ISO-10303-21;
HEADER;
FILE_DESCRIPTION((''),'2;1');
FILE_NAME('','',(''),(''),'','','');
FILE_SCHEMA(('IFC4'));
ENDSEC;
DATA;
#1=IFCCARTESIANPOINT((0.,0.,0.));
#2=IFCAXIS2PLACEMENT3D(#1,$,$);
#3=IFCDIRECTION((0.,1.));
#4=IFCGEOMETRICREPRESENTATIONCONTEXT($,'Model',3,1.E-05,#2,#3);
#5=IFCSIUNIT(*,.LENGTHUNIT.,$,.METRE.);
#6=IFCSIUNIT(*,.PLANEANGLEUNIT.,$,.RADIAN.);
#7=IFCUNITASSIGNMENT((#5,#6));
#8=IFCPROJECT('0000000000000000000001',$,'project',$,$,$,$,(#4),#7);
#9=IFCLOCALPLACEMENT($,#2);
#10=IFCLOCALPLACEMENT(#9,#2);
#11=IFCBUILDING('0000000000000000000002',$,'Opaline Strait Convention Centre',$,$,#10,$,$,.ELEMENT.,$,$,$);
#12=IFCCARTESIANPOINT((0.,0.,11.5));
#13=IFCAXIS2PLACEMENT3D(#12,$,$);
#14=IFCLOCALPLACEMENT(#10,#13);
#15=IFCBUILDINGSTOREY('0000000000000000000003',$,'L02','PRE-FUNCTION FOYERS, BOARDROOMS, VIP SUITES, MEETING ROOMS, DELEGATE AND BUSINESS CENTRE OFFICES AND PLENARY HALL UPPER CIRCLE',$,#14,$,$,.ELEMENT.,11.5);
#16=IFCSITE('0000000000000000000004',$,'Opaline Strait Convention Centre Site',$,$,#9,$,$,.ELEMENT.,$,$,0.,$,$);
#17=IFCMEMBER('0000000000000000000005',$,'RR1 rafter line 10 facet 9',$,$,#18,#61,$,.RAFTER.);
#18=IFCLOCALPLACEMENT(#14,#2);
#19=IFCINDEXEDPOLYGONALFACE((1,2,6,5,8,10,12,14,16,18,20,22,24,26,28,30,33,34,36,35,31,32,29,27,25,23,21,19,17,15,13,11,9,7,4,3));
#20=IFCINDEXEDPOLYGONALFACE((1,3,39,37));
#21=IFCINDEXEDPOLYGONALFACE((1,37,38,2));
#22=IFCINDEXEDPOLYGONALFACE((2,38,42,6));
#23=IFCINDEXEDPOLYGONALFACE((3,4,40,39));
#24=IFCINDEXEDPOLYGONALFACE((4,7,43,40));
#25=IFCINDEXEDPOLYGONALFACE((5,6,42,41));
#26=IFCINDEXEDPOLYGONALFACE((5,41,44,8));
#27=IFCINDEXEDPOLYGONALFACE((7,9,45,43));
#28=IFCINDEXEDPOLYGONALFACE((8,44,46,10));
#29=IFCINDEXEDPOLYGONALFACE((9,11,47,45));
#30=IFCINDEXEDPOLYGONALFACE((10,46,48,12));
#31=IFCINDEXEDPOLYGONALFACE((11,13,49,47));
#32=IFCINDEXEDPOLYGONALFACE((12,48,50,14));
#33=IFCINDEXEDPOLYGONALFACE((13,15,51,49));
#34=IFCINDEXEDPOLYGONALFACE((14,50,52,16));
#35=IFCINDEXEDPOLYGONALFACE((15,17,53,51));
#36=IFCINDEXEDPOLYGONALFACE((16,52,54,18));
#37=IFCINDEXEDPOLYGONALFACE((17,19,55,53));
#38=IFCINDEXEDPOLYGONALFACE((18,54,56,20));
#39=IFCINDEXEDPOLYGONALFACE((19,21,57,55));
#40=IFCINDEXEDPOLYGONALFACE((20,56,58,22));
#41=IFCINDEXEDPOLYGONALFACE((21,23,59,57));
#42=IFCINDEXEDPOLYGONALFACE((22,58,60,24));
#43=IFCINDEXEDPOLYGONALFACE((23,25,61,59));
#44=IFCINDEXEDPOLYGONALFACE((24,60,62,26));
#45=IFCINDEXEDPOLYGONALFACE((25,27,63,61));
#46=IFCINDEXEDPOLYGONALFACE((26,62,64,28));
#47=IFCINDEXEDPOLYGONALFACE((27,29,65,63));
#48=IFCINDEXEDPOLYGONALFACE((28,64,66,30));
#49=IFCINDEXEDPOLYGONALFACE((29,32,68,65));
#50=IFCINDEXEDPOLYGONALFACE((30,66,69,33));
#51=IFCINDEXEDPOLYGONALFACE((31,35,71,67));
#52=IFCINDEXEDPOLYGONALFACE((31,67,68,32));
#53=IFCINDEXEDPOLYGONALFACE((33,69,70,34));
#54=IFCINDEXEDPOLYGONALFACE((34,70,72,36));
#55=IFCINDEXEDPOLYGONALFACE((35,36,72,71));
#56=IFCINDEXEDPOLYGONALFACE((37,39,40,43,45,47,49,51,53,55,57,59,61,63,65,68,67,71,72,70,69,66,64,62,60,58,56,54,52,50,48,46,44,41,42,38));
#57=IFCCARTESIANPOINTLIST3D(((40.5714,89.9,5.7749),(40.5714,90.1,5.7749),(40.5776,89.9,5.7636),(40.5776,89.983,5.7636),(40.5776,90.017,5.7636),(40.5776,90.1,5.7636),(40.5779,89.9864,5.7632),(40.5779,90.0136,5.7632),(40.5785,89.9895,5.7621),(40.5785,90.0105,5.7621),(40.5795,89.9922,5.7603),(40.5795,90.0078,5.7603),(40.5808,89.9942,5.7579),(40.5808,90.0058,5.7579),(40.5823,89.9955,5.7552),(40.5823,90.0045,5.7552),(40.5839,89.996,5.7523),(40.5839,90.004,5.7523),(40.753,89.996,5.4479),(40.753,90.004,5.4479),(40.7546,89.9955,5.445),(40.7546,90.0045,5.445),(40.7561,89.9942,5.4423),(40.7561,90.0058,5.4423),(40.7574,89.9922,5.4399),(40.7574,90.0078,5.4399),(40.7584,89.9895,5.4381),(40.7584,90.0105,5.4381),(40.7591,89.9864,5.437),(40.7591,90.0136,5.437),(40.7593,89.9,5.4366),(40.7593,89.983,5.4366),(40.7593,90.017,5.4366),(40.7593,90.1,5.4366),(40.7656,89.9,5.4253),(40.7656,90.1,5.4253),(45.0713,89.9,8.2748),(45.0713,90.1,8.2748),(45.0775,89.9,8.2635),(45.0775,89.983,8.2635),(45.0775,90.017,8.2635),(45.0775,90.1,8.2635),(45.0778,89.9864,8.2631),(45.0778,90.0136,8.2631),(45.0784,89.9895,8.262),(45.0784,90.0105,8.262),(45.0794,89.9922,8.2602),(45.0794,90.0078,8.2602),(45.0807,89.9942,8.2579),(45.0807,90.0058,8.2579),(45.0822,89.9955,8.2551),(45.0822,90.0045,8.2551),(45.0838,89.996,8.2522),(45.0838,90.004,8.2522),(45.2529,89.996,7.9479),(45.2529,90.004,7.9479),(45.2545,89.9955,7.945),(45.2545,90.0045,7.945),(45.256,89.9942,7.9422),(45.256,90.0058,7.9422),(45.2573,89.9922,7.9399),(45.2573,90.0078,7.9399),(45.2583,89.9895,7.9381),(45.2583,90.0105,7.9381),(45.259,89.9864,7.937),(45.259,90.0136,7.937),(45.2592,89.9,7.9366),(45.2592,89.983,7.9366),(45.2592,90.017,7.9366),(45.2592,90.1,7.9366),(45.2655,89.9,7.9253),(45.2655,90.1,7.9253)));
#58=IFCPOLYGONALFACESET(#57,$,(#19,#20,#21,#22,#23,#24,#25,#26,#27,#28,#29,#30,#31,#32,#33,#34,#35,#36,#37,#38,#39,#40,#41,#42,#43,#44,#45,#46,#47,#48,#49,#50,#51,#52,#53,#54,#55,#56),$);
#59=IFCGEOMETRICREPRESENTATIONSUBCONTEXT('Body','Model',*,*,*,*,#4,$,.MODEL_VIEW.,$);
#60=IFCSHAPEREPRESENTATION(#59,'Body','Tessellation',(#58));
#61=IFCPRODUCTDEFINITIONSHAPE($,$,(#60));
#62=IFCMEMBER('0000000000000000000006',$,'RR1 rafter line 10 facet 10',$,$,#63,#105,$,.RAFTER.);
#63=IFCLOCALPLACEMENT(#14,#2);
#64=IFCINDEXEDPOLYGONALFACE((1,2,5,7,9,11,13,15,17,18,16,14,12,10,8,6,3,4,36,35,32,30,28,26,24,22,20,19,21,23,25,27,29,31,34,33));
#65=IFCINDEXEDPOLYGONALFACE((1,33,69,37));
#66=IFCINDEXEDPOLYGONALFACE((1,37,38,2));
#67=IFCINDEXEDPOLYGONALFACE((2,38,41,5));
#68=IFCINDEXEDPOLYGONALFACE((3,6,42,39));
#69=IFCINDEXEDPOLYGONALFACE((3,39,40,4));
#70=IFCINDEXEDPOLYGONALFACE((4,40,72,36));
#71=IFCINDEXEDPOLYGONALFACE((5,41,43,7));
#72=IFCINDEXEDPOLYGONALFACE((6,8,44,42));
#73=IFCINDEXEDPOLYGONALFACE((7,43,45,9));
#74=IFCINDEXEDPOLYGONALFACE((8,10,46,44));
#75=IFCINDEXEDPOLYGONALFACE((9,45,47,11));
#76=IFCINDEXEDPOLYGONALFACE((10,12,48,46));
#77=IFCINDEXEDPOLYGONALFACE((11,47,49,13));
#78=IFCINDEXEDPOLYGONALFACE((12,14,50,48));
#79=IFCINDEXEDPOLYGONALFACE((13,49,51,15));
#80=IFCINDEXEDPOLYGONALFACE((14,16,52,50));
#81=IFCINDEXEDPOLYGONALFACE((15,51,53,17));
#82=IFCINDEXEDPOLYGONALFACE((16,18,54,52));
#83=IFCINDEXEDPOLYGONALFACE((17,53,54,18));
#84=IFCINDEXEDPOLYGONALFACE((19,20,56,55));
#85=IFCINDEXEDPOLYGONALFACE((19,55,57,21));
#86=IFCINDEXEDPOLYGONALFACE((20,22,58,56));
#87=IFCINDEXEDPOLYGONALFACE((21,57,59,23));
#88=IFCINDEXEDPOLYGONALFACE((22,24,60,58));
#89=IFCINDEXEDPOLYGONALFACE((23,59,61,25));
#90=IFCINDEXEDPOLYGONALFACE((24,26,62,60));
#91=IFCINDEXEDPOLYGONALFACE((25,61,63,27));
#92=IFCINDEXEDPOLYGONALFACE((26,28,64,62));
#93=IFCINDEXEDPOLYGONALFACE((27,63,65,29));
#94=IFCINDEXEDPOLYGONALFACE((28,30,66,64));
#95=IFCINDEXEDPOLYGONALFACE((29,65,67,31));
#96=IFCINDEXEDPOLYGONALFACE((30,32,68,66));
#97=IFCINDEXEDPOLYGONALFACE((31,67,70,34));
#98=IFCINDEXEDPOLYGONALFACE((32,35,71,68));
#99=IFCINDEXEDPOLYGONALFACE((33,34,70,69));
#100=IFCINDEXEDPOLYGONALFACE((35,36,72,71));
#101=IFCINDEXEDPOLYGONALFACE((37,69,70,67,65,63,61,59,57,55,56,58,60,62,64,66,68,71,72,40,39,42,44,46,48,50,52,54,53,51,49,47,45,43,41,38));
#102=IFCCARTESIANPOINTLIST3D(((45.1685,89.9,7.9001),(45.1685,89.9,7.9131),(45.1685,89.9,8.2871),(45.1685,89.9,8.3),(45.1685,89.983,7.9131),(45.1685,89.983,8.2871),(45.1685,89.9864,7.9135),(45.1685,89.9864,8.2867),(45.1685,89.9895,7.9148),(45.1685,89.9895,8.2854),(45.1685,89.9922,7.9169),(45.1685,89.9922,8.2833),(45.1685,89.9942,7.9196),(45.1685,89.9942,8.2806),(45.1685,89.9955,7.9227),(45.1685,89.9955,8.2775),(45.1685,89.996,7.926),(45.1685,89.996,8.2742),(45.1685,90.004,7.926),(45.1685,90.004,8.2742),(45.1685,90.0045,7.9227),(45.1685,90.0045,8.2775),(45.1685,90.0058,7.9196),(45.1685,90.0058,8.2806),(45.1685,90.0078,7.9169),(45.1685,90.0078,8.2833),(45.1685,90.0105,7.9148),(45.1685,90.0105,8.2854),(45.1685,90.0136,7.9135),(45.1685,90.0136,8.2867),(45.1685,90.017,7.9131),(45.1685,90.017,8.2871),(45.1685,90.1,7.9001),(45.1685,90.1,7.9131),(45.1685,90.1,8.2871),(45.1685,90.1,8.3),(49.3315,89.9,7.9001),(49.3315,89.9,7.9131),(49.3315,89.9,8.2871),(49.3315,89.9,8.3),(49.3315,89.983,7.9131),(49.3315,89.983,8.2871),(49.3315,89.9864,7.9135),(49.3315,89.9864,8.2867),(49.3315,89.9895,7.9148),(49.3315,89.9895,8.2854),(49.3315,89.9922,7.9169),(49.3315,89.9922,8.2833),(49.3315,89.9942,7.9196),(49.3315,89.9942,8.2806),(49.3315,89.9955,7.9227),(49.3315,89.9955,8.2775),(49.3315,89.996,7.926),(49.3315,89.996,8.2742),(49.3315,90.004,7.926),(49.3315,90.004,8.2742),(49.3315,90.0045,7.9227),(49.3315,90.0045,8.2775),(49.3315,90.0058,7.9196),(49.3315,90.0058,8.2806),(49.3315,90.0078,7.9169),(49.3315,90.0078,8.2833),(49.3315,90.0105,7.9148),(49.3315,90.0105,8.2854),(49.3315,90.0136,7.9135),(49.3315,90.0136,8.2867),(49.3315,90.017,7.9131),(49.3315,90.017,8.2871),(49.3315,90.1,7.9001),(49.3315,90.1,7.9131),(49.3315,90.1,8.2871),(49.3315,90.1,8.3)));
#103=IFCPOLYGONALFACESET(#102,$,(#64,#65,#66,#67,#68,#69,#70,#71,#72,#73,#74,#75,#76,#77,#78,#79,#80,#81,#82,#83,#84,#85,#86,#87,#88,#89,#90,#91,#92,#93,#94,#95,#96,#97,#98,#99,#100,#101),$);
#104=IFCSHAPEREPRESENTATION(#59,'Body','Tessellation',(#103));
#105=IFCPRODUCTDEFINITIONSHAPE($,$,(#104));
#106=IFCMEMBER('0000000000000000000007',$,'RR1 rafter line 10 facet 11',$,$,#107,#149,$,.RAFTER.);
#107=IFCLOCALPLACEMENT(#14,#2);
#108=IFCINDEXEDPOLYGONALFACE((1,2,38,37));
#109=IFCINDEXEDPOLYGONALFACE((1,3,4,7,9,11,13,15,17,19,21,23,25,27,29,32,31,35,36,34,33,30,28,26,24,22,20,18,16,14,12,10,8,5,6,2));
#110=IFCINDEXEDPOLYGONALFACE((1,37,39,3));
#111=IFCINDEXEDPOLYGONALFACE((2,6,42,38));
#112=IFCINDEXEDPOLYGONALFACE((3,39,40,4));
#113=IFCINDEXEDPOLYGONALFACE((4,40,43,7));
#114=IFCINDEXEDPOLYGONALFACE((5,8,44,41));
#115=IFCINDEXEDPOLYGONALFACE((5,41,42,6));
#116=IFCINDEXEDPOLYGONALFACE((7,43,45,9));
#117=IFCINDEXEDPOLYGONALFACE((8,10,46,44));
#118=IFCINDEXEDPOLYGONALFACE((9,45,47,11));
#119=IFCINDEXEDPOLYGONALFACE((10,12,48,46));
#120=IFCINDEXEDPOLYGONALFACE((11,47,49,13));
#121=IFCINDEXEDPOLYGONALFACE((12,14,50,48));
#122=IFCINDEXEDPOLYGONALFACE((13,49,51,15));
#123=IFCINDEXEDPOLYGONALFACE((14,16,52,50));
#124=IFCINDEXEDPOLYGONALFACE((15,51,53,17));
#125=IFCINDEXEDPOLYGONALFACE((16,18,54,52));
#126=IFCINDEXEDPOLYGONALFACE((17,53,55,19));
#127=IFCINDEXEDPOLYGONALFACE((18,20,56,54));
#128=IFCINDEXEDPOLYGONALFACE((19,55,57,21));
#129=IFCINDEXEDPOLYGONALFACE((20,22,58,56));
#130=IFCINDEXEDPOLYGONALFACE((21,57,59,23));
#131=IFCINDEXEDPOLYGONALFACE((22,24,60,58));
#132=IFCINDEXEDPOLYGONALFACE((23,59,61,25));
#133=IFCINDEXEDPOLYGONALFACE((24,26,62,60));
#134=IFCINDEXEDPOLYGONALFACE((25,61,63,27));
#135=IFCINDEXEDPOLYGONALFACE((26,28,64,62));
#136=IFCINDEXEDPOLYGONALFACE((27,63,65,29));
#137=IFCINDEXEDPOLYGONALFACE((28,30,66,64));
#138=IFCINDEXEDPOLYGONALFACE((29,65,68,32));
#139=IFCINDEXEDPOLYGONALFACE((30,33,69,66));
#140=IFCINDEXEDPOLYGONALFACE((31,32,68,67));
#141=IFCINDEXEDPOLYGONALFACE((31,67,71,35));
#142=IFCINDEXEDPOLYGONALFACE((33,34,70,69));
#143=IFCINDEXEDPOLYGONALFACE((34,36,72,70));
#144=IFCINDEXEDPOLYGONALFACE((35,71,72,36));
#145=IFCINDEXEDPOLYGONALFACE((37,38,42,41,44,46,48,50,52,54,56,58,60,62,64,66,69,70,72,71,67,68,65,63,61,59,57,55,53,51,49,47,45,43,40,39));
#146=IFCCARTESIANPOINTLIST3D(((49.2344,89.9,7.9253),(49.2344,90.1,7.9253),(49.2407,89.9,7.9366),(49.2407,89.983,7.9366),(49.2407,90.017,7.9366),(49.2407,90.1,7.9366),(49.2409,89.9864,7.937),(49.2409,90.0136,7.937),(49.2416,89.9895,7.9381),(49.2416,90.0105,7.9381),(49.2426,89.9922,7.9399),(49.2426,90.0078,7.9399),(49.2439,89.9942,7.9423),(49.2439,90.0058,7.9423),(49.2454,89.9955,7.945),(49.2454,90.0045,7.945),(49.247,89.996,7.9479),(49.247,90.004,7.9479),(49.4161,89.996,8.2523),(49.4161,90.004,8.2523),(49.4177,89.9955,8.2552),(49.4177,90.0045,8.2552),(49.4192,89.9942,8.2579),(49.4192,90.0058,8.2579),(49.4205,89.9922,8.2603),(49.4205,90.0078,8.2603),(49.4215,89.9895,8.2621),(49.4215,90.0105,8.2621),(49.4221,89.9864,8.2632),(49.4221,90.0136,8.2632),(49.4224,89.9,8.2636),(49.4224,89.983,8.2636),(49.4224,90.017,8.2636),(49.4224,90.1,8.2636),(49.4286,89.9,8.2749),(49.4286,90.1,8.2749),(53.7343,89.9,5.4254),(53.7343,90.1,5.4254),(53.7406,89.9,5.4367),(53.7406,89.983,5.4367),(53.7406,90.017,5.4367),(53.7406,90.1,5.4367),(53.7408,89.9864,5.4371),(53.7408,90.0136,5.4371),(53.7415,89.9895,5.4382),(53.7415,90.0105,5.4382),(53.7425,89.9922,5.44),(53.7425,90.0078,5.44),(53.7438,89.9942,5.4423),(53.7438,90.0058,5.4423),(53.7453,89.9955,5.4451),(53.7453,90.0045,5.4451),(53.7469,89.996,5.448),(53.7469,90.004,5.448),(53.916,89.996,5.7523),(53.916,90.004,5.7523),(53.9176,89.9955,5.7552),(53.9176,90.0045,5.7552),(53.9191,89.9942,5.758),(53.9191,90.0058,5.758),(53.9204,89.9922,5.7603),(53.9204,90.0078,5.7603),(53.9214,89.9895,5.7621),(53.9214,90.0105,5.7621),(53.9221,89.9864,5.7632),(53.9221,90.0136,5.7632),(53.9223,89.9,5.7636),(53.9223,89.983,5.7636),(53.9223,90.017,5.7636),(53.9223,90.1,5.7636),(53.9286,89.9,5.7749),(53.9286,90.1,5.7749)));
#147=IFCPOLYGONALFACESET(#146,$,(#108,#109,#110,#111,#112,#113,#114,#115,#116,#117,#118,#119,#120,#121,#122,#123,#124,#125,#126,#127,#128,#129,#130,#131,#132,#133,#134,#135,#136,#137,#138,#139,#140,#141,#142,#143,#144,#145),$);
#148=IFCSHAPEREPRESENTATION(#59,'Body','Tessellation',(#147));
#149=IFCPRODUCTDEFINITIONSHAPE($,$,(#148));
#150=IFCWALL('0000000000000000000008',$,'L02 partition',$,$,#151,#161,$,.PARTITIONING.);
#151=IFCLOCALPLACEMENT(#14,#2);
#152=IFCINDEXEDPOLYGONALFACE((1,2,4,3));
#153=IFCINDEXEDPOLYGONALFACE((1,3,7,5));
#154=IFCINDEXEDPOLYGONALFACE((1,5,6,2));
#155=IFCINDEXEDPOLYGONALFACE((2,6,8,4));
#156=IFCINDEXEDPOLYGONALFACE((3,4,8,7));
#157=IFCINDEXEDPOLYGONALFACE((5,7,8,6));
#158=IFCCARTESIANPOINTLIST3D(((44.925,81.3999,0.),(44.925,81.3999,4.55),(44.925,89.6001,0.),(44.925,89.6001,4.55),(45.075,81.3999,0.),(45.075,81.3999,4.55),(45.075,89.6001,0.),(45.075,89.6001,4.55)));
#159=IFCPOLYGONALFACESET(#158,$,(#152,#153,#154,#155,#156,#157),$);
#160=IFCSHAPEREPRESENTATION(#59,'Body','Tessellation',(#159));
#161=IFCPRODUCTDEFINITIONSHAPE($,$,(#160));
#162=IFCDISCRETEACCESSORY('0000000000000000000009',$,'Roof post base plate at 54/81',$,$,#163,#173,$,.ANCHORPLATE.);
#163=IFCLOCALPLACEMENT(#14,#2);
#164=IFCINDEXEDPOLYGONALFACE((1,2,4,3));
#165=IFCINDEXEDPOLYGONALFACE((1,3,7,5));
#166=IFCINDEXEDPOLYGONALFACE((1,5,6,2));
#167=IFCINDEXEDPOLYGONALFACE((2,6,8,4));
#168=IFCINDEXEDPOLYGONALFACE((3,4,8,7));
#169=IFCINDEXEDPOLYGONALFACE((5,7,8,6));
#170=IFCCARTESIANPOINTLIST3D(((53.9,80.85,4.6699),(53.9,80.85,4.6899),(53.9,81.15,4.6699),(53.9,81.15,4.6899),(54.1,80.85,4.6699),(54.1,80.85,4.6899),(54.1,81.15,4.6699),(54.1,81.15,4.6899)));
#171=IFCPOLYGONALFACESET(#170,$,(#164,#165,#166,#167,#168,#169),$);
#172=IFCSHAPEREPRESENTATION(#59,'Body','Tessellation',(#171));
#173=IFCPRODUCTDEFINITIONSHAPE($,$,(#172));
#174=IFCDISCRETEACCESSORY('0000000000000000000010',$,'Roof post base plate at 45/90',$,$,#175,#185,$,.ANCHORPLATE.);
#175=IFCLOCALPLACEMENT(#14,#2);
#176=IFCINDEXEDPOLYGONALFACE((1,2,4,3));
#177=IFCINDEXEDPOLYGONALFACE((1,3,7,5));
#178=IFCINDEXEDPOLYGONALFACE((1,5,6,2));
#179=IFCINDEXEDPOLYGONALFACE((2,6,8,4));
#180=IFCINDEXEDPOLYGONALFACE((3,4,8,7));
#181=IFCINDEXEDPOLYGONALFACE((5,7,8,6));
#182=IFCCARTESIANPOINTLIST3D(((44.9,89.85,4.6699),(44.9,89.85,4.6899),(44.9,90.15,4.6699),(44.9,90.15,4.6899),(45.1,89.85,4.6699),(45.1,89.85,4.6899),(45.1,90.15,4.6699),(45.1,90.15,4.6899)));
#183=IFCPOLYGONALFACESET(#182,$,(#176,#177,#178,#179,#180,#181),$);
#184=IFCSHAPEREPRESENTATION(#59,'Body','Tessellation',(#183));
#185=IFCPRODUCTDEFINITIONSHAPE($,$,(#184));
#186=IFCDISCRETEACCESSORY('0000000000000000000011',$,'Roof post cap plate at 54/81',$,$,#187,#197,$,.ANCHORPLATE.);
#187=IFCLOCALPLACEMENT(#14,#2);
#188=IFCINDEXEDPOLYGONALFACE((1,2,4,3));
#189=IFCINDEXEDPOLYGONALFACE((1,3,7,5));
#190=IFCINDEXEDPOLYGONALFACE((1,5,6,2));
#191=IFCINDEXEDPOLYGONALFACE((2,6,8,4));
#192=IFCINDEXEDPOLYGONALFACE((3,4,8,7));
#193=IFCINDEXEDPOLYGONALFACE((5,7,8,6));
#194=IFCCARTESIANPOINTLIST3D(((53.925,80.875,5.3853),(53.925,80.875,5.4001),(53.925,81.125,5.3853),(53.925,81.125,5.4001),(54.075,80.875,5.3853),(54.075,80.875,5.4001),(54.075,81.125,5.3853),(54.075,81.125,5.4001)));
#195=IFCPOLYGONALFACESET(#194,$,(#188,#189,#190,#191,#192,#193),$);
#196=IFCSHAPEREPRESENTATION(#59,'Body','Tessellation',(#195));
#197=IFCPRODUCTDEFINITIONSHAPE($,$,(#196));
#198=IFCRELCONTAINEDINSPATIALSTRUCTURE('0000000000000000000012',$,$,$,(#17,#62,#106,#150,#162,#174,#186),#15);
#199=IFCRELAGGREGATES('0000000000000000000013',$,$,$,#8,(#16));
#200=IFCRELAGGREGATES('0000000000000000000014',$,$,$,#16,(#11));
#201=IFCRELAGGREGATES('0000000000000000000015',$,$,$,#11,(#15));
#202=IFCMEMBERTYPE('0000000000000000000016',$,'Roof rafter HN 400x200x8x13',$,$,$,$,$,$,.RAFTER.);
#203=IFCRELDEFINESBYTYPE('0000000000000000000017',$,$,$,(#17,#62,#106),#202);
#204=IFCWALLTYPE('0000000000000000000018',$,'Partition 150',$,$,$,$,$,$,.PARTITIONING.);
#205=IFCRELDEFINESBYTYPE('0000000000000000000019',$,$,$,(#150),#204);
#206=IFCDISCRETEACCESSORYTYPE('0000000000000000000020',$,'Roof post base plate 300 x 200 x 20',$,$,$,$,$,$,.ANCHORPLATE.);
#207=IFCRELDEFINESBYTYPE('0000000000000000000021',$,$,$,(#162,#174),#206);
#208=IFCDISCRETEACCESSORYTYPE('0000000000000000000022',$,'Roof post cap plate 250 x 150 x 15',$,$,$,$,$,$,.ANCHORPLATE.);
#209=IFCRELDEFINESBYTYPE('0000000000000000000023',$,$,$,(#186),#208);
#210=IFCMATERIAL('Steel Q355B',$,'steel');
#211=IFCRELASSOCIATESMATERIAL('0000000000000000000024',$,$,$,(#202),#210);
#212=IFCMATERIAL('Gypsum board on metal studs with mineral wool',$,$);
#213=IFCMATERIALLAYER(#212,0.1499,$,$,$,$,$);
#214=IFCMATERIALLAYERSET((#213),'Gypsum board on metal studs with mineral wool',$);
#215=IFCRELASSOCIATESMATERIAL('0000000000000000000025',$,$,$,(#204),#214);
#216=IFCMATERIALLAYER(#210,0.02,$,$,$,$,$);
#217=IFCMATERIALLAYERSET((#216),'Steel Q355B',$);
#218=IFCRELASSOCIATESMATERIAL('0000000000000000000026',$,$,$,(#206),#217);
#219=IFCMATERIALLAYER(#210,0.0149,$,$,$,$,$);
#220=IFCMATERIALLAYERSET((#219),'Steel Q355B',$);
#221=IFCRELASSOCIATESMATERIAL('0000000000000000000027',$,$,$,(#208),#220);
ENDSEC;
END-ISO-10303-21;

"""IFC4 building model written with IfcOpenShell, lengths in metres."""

from ifc_helpers import new_model, si_unit, direction, frame, frame_2d, origin, origin_2d, place, context, subcontext, project, spatial, rectangle, i_section, extrude, material, layer, layer_set, material_profile, profile_set, type_object, element, save


model = new_model("IFC4")

# Units and contexts
model_context = context("Model", 3, precision=1e-05, world=origin(), true_north=direction((0.0, 1.0)))
body_context = subcontext(model_context, "Body", "Model", "MODEL_VIEW")
ifc_project = project(units=[si_unit("LENGTHUNIT", "METRE"), si_unit("PLANEANGLEUNIT", "RADIAN")], contexts=[model_context])

# Site, building, storey
site_placement = place(None, origin())
site = spatial("IfcSite", under=ifc_project, at=site_placement, Name="Opaline Strait Convention Centre Site", CompositionType="ELEMENT", RefElevation=0.0)
building_placement = place(site_placement, origin())
building = spatial("IfcBuilding", under=site, at=building_placement, Name="Opaline Strait Convention Centre", CompositionType="ELEMENT")
storey_placement = place(building_placement, frame((0.0, 0.0, 11.5)))
storey = spatial("IfcBuildingStorey", under=building, at=storey_placement, Name="L02", Description="PRE-FUNCTION FOYERS, BOARDROOMS, VIP SUITES, MEETING ROOMS, DELEGATE AND BUSINESS CENTRE OFFICES AND PLENARY HALL UPPER CIRCLE", CompositionType="ELEMENT", Elevation=11.5)

# Shared definitions
ifc_material_1 = material(Name="Steel Q355B", Category="steel")

# Members
ifc_material_profile_1 = material_profile(ifc_material_1, i_section(OverallWidth=0.2, OverallDepth=0.3999, WebThickness=0.0081, FlangeThickness=0.0129, FilletRadius=0.0129, at=origin_2d()), Name="HN 400x200x8x13")
ifc_profile_set_1 = profile_set([ifc_material_profile_1], Name="Steel Q355B")
member_type_1 = type_object("IfcMemberType", Name="Roof rafter HN 400x200x8x13", PredefinedType="RAFTER", material=ifc_profile_set_1)
member_1_placement = place(storey_placement, frame((40.6685, 90.0, 5.6001), z_axis=(0.874157, 0.0, 0.485643), x_axis=(0.0, 1.0, 0.0)))
element("IfcMember", 1, at=member_1_placement, inside=storey, type_object=member_type_1, Name="RR1 rafter line 10 facet 9", PredefinedType="RAFTER", context=body_context, shape_type="SweptSolid", body=[
    extrude(i_section(OverallWidth=0.2, OverallDepth=0.3999, WebThickness=0.0081, FlangeThickness=0.0129, FilletRadius=0.0129, at=origin_2d()), origin(), (0.0, 0.0, 1.0), 5.1477),
])
member_2_placement = place(storey_placement, frame((45.1685, 90.0, 8.1001), z_axis=(1.0, 0.0, 0.0), x_axis=(0.0, 1.0, 0.0)))
element("IfcMember", 2, at=member_2_placement, inside=storey, type_object=member_type_1, Name="RR1 rafter line 10 facet 10", PredefinedType="RAFTER", context=body_context, shape_type="SweptSolid", body=[
    extrude(i_section(OverallWidth=0.2, OverallDepth=0.3999, WebThickness=0.0081, FlangeThickness=0.0129, FilletRadius=0.0129, at=origin_2d()), origin(), (0.0, 0.0, 1.0), 4.1631),
])
member_3_placement = place(storey_placement, frame((49.3315, 90.0, 8.1001), z_axis=(0.874157, 0.0, -0.485643), x_axis=(0.0, 1.0, 0.0)))
element("IfcMember", 3, at=member_3_placement, inside=storey, type_object=member_type_1, Name="RR1 rafter line 10 facet 11", PredefinedType="RAFTER", context=body_context, shape_type="SweptSolid", body=[
    extrude(i_section(OverallWidth=0.2, OverallDepth=0.3999, WebThickness=0.0081, FlangeThickness=0.0129, FilletRadius=0.0129, at=origin_2d()), origin(), (0.0, 0.0, 1.0), 5.1477),
])

# Wall
ifc_material_2 = material(Name="Gypsum board on metal studs with mineral wool")
ifc_layer_1 = layer(ifc_material_2, 0.1499)
ifc_layer_set_1 = layer_set([ifc_layer_1], Name="Gypsum board on metal studs with mineral wool")
wall_type = type_object("IfcWallType", Name="Partition 150", PredefinedType="PARTITIONING", material=ifc_layer_set_1)
wall_placement = place(storey_placement, frame((45.0, 81.3999, 0.0), z_axis=(0.0, 0.0, 1.0), x_axis=(0.0, 1.0, 0.0)))
element("IfcWall", 4, at=wall_placement, inside=storey, type_object=wall_type, Name="L02 partition", PredefinedType="PARTITIONING", context=body_context, shape_type="SweptSolid", body=[
    extrude(rectangle(XDim=8.2002, YDim=0.1499, at=frame_2d((4.1001, 0.0))), origin(), (0.0, 0.0, 1.0), 4.55),
])

# Discrete accessories
ifc_layer_2 = layer(ifc_material_1, 0.02)
ifc_layer_set_2 = layer_set([ifc_layer_2], Name="Steel Q355B")
discrete_accessory_type_1 = type_object("IfcDiscreteAccessoryType", Name="Roof post base plate 300 x 200 x 20", PredefinedType="ANCHORPLATE", material=ifc_layer_set_2)
for number, where, z_axis, x_axis, name in (
    (5, (54.0, 81.0, 4.6699), (0.0, 0.0, 1.0), (1.0, 0.0, 0.0), "Roof post base plate at 54/81"),
    (6, (45.0, 90.0, 4.6699), (0.0, 0.0, 1.0), (1.0, 0.0, 0.0), "Roof post base plate at 45/90"),
):
    element("IfcDiscreteAccessory", number, at=place(storey_placement, frame(where, z_axis=z_axis, x_axis=x_axis)), inside=storey, type_object=discrete_accessory_type_1, Name=name, PredefinedType="ANCHORPLATE", context=body_context, shape_type="SweptSolid", body=[
        extrude(rectangle(XDim=0.2, YDim=0.3, at=origin_2d()), origin(), (0.0, 0.0, 1.0), 0.02),
    ])
ifc_layer_3 = layer(ifc_material_1, 0.0149)
ifc_layer_set_3 = layer_set([ifc_layer_3], Name="Steel Q355B")
discrete_accessory_type_2 = type_object("IfcDiscreteAccessoryType", Name="Roof post cap plate 250 x 150 x 15", PredefinedType="ANCHORPLATE", material=ifc_layer_set_3)
for number, where, z_axis, x_axis, name in (
    (7, (54.0, 81.0, 5.3853), (0.0, 0.0, 1.0), (1.0, 0.0, 0.0), "Roof post cap plate at 54/81"),
):
    element("IfcDiscreteAccessory", number, at=place(storey_placement, frame(where, z_axis=z_axis, x_axis=x_axis)), inside=storey, type_object=discrete_accessory_type_2, Name=name, PredefinedType="ANCHORPLATE", context=body_context, shape_type="SweptSolid", body=[
        extrude(rectangle(XDim=0.1499, YDim=0.25, at=origin_2d()), origin(), (0.0, 0.0, 1.0), 0.0149),
    ])

save(model, "model.ifc")
